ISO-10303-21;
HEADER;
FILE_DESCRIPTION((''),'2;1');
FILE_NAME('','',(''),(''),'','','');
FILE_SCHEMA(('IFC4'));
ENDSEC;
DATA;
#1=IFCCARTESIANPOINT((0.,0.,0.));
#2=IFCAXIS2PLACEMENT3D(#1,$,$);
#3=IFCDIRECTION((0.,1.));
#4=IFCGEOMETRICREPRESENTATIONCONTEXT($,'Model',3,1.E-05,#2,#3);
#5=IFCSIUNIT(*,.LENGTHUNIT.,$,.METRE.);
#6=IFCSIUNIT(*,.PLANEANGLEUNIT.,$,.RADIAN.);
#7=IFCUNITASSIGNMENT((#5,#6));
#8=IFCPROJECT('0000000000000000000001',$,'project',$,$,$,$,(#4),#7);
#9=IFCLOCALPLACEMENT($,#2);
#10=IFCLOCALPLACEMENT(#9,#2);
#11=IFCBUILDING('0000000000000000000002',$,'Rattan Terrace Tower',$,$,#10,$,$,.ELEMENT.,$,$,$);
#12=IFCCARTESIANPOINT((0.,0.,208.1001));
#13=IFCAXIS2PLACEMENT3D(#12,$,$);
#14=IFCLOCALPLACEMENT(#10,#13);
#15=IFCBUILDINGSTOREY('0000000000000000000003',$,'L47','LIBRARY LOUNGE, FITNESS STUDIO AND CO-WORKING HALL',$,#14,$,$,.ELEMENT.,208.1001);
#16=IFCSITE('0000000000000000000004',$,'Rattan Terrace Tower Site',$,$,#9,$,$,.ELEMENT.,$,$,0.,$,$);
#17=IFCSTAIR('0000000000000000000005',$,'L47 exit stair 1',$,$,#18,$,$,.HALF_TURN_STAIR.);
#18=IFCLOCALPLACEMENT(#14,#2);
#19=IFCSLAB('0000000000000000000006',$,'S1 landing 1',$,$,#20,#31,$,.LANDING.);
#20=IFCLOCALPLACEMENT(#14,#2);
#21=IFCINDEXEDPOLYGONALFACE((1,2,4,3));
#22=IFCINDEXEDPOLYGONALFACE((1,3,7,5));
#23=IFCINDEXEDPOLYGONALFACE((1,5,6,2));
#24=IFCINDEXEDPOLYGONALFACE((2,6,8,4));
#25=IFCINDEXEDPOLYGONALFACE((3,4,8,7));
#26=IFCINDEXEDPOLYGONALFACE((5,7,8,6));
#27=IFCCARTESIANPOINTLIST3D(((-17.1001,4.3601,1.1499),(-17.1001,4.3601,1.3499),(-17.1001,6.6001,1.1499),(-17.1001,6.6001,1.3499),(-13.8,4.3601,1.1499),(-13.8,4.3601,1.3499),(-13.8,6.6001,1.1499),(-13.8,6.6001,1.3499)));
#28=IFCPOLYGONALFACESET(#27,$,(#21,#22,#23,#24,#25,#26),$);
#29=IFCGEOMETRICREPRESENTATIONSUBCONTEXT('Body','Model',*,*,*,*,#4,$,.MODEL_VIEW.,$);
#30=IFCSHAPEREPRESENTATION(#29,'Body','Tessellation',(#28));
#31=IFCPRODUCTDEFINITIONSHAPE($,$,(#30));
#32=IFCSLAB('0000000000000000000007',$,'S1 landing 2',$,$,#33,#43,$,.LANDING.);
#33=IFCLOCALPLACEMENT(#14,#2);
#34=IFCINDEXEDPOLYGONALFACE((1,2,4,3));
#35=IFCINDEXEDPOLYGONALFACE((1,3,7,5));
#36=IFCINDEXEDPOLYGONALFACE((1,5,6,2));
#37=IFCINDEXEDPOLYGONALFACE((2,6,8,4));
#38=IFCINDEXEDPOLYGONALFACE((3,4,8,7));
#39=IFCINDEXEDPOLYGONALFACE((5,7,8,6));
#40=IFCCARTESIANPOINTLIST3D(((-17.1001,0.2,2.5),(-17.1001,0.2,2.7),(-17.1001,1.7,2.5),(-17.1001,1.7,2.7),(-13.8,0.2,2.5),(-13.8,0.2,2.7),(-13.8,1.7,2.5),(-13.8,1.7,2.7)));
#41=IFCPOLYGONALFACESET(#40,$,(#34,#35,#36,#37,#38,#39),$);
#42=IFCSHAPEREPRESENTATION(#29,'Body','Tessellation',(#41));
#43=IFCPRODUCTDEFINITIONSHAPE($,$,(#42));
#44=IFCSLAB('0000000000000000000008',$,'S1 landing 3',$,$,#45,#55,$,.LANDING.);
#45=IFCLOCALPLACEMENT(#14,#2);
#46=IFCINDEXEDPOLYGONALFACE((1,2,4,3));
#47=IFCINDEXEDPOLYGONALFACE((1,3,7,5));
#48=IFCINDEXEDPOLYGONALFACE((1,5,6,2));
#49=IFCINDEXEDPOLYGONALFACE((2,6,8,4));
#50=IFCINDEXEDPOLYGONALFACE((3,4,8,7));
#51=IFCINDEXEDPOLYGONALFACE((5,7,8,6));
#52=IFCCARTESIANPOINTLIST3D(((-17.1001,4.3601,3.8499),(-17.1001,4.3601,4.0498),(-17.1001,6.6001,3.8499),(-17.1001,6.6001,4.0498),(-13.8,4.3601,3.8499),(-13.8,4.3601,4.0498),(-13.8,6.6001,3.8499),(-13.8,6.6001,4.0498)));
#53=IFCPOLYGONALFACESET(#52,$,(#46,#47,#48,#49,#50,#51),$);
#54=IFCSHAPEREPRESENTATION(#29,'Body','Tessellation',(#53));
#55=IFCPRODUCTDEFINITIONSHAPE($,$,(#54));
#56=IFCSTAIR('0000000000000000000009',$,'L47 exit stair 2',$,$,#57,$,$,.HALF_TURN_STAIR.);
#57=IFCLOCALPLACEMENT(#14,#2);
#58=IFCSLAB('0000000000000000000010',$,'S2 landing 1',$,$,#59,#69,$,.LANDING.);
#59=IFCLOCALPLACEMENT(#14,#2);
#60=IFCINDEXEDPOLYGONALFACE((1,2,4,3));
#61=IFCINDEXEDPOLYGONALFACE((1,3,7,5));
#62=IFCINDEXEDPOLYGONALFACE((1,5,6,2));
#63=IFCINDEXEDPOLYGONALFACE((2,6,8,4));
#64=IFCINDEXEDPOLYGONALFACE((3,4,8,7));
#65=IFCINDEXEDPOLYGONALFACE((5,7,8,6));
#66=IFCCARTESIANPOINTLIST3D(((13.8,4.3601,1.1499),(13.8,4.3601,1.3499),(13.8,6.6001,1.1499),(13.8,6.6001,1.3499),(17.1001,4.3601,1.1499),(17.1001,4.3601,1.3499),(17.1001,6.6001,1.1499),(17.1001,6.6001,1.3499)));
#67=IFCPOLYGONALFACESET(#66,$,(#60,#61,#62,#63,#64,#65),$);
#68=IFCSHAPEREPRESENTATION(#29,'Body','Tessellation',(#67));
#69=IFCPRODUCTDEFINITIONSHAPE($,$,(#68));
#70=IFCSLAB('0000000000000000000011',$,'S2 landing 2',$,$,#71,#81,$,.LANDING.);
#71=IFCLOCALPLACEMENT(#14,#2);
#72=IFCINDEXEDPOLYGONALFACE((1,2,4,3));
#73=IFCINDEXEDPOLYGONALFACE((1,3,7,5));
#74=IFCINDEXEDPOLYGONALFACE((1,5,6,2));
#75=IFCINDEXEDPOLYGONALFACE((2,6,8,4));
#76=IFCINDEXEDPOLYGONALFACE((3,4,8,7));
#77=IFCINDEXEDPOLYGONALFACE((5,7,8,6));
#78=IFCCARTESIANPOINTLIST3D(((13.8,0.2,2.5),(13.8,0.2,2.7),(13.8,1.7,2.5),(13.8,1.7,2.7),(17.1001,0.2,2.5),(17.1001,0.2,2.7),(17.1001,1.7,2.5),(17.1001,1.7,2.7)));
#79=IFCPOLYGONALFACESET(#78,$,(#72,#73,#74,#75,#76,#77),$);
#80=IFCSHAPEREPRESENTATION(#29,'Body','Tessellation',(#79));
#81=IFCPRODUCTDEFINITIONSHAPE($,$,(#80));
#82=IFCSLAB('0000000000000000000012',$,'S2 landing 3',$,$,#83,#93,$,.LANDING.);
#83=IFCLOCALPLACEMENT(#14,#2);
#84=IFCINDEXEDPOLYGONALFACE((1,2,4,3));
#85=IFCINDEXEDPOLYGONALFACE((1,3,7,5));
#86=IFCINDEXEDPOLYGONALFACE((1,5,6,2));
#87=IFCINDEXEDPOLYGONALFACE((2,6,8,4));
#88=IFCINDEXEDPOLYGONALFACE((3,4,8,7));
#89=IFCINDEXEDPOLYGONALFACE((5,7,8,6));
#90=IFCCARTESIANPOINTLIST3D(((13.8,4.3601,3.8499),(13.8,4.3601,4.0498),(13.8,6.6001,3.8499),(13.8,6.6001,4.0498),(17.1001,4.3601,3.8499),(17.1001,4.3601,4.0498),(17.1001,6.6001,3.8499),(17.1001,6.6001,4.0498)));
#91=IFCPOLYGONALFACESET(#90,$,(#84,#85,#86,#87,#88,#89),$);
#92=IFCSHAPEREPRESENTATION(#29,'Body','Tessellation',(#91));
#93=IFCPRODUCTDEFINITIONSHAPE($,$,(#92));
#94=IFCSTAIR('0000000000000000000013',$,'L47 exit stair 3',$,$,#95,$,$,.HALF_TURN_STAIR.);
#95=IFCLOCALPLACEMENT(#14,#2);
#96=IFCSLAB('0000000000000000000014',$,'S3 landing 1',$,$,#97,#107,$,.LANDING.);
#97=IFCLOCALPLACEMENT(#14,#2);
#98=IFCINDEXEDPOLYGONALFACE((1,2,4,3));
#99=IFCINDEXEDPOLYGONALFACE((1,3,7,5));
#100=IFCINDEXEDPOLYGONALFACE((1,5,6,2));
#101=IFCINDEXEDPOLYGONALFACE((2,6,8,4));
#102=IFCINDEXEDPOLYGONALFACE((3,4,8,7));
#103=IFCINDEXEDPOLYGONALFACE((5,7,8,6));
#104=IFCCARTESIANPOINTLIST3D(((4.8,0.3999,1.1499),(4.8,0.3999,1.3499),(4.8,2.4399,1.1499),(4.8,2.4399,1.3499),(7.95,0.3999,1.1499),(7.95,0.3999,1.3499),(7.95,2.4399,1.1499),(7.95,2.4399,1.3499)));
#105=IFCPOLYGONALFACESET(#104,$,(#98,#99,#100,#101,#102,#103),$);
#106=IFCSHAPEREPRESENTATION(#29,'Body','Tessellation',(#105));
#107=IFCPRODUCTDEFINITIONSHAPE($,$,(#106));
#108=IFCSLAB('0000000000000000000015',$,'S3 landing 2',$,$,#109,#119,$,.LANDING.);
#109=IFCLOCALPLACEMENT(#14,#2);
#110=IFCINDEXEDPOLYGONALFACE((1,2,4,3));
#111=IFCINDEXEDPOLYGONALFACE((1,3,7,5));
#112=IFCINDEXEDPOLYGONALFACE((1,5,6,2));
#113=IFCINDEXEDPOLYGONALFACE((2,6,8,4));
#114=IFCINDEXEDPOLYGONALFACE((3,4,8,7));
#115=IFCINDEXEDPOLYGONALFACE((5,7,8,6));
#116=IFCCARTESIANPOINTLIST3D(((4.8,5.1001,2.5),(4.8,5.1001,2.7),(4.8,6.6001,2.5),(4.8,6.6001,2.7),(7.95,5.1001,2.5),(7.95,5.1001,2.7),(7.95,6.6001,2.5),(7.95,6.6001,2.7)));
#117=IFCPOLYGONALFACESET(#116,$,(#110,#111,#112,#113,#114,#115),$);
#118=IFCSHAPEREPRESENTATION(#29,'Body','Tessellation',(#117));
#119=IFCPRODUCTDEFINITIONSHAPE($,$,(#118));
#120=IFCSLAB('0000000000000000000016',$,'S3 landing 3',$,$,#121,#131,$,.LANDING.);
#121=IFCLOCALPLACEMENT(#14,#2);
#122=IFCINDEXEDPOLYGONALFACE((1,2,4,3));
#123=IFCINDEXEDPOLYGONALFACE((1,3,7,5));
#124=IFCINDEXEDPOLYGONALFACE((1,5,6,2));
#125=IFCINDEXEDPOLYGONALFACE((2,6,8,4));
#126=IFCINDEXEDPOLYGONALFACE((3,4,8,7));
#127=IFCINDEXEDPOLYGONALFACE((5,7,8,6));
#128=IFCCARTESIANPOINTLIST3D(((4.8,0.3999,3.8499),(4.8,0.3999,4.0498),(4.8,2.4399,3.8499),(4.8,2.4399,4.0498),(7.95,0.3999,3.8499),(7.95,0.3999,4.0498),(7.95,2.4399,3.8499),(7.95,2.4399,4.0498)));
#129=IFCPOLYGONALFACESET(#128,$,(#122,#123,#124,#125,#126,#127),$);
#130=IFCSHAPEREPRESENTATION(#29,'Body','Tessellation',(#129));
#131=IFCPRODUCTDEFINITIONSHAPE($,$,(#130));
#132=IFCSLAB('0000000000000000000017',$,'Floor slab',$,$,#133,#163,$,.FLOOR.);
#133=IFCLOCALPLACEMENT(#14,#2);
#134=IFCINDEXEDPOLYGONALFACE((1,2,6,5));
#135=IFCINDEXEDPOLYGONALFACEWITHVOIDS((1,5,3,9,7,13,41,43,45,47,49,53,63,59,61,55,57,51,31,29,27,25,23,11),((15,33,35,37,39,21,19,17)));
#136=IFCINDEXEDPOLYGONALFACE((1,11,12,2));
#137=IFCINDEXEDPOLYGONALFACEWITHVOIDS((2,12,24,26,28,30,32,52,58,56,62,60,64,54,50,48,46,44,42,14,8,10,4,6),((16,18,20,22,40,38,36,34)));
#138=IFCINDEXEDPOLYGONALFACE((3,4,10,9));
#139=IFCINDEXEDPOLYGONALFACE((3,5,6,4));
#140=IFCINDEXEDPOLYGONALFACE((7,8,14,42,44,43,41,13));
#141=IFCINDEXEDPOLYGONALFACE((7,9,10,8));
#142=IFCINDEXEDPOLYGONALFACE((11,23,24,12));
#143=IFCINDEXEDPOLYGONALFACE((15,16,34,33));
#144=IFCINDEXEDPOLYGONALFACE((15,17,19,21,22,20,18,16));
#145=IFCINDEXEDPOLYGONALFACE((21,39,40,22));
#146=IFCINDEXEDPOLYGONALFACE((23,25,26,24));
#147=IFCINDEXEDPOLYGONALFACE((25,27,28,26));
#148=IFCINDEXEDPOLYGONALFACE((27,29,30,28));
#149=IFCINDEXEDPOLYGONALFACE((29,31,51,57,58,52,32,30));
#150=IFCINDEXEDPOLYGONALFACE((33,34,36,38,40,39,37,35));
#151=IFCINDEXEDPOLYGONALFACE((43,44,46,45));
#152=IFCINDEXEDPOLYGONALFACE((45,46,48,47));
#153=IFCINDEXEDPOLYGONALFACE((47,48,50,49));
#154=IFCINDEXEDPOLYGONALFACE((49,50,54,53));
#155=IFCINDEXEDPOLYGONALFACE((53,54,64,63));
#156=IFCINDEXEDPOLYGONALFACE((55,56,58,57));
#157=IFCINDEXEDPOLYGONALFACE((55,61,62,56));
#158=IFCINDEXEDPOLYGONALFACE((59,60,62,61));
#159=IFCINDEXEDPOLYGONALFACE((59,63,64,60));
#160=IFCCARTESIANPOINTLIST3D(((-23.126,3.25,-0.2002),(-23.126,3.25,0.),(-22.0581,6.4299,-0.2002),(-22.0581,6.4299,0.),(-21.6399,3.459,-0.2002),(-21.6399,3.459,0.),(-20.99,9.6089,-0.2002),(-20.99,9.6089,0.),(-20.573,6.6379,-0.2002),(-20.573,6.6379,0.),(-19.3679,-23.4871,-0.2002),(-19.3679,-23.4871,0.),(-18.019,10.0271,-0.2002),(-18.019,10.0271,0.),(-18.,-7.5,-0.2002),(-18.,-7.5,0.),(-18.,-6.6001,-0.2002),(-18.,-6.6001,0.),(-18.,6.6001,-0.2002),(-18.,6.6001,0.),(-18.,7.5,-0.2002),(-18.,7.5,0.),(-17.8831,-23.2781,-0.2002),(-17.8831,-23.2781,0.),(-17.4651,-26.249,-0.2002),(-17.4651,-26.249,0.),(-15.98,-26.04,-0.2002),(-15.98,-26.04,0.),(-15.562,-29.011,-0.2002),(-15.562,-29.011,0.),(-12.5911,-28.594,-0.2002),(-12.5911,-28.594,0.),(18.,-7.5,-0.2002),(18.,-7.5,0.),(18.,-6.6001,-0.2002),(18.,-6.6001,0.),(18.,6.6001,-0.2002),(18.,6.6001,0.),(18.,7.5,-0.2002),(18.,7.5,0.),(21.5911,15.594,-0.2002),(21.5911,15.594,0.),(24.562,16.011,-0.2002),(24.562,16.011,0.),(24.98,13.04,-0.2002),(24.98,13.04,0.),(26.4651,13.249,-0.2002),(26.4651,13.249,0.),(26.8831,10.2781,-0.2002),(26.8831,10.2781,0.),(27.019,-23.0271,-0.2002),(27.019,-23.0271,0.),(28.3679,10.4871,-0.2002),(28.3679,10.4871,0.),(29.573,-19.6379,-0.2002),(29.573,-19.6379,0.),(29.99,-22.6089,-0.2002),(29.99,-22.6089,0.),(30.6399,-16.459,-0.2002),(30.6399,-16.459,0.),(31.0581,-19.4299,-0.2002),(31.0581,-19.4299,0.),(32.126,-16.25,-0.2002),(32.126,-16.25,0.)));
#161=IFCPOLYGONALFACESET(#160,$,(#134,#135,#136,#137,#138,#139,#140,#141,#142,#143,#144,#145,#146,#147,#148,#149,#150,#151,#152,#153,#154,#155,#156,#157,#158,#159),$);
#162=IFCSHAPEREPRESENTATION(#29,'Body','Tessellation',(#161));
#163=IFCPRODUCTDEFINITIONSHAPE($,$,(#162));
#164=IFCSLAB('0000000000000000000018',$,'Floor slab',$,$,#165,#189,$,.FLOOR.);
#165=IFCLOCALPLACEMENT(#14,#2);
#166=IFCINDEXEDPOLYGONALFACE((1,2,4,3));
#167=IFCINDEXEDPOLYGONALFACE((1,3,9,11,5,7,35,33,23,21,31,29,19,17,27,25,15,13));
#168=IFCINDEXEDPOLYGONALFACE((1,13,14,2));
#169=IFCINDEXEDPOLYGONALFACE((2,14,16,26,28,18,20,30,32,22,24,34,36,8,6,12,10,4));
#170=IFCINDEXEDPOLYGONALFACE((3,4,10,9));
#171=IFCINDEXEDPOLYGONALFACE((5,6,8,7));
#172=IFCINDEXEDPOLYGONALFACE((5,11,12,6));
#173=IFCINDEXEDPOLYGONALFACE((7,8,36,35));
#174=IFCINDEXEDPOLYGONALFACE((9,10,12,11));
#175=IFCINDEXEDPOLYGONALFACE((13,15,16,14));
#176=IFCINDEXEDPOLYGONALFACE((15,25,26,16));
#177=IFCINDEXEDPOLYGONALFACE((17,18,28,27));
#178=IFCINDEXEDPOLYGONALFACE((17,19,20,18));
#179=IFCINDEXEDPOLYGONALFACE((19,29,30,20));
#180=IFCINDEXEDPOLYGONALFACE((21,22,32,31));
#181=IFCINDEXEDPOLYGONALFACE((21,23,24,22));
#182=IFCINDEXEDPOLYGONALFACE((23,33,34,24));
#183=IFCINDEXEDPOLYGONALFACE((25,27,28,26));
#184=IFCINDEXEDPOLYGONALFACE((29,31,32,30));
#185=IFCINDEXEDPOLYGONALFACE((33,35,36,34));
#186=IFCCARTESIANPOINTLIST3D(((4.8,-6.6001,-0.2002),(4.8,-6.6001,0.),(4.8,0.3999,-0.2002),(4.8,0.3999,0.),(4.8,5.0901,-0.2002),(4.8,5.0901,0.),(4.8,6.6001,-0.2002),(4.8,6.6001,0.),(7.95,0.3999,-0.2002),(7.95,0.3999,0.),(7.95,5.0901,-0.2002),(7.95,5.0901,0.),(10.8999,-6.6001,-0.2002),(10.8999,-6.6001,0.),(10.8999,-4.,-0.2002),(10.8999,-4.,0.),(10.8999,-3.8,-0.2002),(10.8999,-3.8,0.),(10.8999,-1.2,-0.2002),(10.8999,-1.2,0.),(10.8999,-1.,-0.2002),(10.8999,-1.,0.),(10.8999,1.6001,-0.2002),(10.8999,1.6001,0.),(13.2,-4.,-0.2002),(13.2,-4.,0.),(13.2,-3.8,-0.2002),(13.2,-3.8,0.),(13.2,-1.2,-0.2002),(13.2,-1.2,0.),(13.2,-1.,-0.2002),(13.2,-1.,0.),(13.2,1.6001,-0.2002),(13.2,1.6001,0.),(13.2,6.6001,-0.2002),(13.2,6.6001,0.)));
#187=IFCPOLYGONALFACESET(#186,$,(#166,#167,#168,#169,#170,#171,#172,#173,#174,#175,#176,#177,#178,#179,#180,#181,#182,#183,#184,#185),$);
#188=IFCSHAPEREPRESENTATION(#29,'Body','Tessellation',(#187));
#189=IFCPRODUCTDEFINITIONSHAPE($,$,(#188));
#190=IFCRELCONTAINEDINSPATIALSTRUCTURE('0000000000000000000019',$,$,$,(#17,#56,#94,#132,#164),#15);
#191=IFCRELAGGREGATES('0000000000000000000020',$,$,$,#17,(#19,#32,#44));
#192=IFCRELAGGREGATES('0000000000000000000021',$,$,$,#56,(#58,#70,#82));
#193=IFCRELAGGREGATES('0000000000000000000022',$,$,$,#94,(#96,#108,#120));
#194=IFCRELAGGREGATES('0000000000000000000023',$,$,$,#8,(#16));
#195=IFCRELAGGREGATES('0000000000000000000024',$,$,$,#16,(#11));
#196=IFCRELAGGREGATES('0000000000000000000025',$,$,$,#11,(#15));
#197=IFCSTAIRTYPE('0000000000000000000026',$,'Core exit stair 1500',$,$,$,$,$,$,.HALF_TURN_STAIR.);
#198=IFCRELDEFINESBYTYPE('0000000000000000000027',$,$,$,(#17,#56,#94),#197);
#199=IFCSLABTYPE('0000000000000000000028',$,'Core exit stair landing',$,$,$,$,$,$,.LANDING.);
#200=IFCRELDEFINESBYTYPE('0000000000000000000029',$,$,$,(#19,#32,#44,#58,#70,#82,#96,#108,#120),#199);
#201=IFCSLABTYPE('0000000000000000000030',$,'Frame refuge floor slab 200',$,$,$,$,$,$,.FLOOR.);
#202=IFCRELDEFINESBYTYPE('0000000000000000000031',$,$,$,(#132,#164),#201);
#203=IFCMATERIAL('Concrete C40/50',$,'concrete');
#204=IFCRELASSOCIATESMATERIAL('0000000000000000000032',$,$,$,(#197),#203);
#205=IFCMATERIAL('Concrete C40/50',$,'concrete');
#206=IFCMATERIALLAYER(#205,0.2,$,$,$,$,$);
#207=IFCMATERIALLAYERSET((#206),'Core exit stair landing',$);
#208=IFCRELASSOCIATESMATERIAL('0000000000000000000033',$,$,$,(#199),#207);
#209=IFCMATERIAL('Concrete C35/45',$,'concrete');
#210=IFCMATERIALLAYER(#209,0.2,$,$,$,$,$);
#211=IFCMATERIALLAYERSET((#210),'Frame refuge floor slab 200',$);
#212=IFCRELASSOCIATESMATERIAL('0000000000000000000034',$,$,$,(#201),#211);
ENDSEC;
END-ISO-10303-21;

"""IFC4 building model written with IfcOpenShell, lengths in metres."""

from ifc_helpers import new_model, si_unit, direction, frame, origin, place, context, subcontext, project, spatial, polyline, outline, extrude, material, layer, layer_set, type_object, element, aggregate, save


model = new_model("IFC4")

# Units and contexts
model_context = context("Model", 3, precision=1e-05, world=origin(), true_north=direction((0.0, 1.0)))
body_context = subcontext(model_context, "Body", "Model", "MODEL_VIEW")
ifc_project = project(units=[si_unit("LENGTHUNIT", "METRE"), si_unit("PLANEANGLEUNIT", "RADIAN")], contexts=[model_context])

# Site, building, storey
site_placement = place(None, origin())
site = spatial("IfcSite", under=ifc_project, at=site_placement, Name="Rattan Terrace Tower Site", CompositionType="ELEMENT", RefElevation=0.0)
building_placement = place(site_placement, origin())
building = spatial("IfcBuilding", under=site, at=building_placement, Name="Rattan Terrace Tower", CompositionType="ELEMENT")
storey_placement = place(building_placement, frame((0.0, 0.0, 208.1001)))
storey = spatial("IfcBuildingStorey", under=building, at=storey_placement, Name="L47", Description="LIBRARY LOUNGE, FITNESS STUDIO AND CO-WORKING HALL", CompositionType="ELEMENT", Elevation=208.1001)

# Stairs, slabs
ifc_material_1 = material(Name="Concrete C40/50", Category="concrete")
stair_type = type_object("IfcStairType", Name="Core exit stair 1500", PredefinedType="HALF_TURN_STAIR", material=ifc_material_1)
stair_1_placement = place(storey_placement, origin())
stair_1 = element("IfcStair", 1, at=stair_1_placement, inside=storey, type_object=stair_type, Name="L47 exit stair 1", PredefinedType="HALF_TURN_STAIR")
ifc_material_2 = material(Name="Concrete C40/50", Category="concrete")
ifc_layer_1 = layer(ifc_material_2, 0.2)
ifc_layer_set_1 = layer_set([ifc_layer_1], Name="Core exit stair landing")
slab_type_1 = type_object("IfcSlabType", Name="Core exit stair landing", PredefinedType="LANDING", material=ifc_layer_set_1)
slab_1_placement = place(storey_placement, frame((0.0, 0.0, 1.1499)))
slab_1 = element("IfcSlab", 2, at=slab_1_placement, type_object=slab_type_1, Name="S1 landing 1", PredefinedType="LANDING", context=body_context, shape_type="SweptSolid", body=[
    extrude(outline(polyline([(-13.8, 4.3601), (-13.8, 6.6001), (-17.1001, 6.6001), (-17.1001, 4.3601), (-13.8, 4.3601)])), origin(), (0.0, 0.0, 1.0), 0.2),
])
slab_2_placement = place(storey_placement, frame((0.0, 0.0, 2.5)))
slab_2 = element("IfcSlab", 3, at=slab_2_placement, type_object=slab_type_1, Name="S1 landing 2", PredefinedType="LANDING", context=body_context, shape_type="SweptSolid", body=[
    extrude(outline(polyline([(-13.8, 0.2), (-13.8, 1.7), (-17.1001, 1.7), (-17.1001, 0.2), (-13.8, 0.2)])), origin(), (0.0, 0.0, 1.0), 0.2),
])
slab_3_placement = place(storey_placement, frame((0.0, 0.0, 3.8499)))
slab_3 = element("IfcSlab", 4, at=slab_3_placement, type_object=slab_type_1, Name="S1 landing 3", PredefinedType="LANDING", context=body_context, shape_type="SweptSolid", body=[
    extrude(outline(polyline([(-13.8, 4.3601), (-13.8, 6.6001), (-17.1001, 6.6001), (-17.1001, 4.3601), (-13.8, 4.3601)])), origin(), (0.0, 0.0, 1.0), 0.2),
])
aggregate(stair_1, [slab_1, slab_2, slab_3])
stair_2_placement = place(storey_placement, origin())
stair_2 = element("IfcStair", 5, at=stair_2_placement, inside=storey, type_object=stair_type, Name="L47 exit stair 2", PredefinedType="HALF_TURN_STAIR")
slab_4_placement = place(storey_placement, frame((0.0, 0.0, 1.1499)))
slab_4 = element("IfcSlab", 6, at=slab_4_placement, type_object=slab_type_1, Name="S2 landing 1", PredefinedType="LANDING", context=body_context, shape_type="SweptSolid", body=[
    extrude(outline(polyline([(17.1001, 4.3601), (17.1001, 6.6001), (13.8, 6.6001), (13.8, 4.3601), (17.1001, 4.3601)])), origin(), (0.0, 0.0, 1.0), 0.2),
])
slab_5_placement = place(storey_placement, frame((0.0, 0.0, 2.5)))
slab_5 = element("IfcSlab", 7, at=slab_5_placement, type_object=slab_type_1, Name="S2 landing 2", PredefinedType="LANDING", context=body_context, shape_type="SweptSolid", body=[
    extrude(outline(polyline([(17.1001, 0.2), (17.1001, 1.7), (13.8, 1.7), (13.8, 0.2), (17.1001, 0.2)])), origin(), (0.0, 0.0, 1.0), 0.2),
])
slab_6_placement = place(storey_placement, frame((0.0, 0.0, 3.8499)))
slab_6 = element("IfcSlab", 8, at=slab_6_placement, type_object=slab_type_1, Name="S2 landing 3", PredefinedType="LANDING", context=body_context, shape_type="SweptSolid", body=[
    extrude(outline(polyline([(17.1001, 4.3601), (17.1001, 6.6001), (13.8, 6.6001), (13.8, 4.3601), (17.1001, 4.3601)])), origin(), (0.0, 0.0, 1.0), 0.2),
])
aggregate(stair_2, [slab_4, slab_5, slab_6])
stair_3_placement = place(storey_placement, origin())
stair_3 = element("IfcStair", 9, at=stair_3_placement, inside=storey, type_object=stair_type, Name="L47 exit stair 3", PredefinedType="HALF_TURN_STAIR")
slab_7_placement = place(storey_placement, frame((0.0, 0.0, 1.1499)))
slab_7 = element("IfcSlab", 10, at=slab_7_placement, type_object=slab_type_1, Name="S3 landing 1", PredefinedType="LANDING", context=body_context, shape_type="SweptSolid", body=[
    extrude(outline(polyline([(4.8, 2.4399), (4.8, 0.3999), (7.95, 0.3999), (7.95, 2.4399), (4.8, 2.4399)])), origin(), (0.0, 0.0, 1.0), 0.2),
])
slab_8_placement = place(storey_placement, frame((0.0, 0.0, 2.5)))
slab_8 = element("IfcSlab", 11, at=slab_8_placement, type_object=slab_type_1, Name="S3 landing 2", PredefinedType="LANDING", context=body_context, shape_type="SweptSolid", body=[
    extrude(outline(polyline([(4.8, 6.6001), (4.8, 5.1001), (7.95, 5.1001), (7.95, 6.6001), (4.8, 6.6001)])), origin(), (0.0, 0.0, 1.0), 0.2),
])
slab_9_placement = place(storey_placement, frame((0.0, 0.0, 3.8499)))
slab_9 = element("IfcSlab", 12, at=slab_9_placement, type_object=slab_type_1, Name="S3 landing 3", PredefinedType="LANDING", context=body_context, shape_type="SweptSolid", body=[
    extrude(outline(polyline([(4.8, 2.4399), (4.8, 0.3999), (7.95, 0.3999), (7.95, 2.4399), (4.8, 2.4399)])), origin(), (0.0, 0.0, 1.0), 0.2),
])
aggregate(stair_3, [slab_7, slab_8, slab_9])

# Slabs
ifc_material_3 = material(Name="Concrete C35/45", Category="concrete")
ifc_layer_2 = layer(ifc_material_3, 0.2)
ifc_layer_set_2 = layer_set([ifc_layer_2], Name="Frame refuge floor slab 200")
slab_type_2 = type_object("IfcSlabType", Name="Frame refuge floor slab 200", PredefinedType="FLOOR", material=ifc_layer_set_2)
slab_10_placement = place(storey_placement, frame((0.0, 0.0, -0.2002)))
element("IfcSlab", 13, at=slab_10_placement, inside=storey, type_object=slab_type_2, Name="Floor slab", PredefinedType="FLOOR", context=body_context, shape_type="SweptSolid", body=[
    extrude(outline(polyline([(-12.5911, -28.594), (27.019, -23.0271), (29.99, -22.6089), (29.573, -19.6379), (31.0581, -19.4299), (30.6399, -16.459), (32.126, -16.25), (28.3679, 10.4871), (26.8831, 10.2781), (26.4651, 13.249), (24.98, 13.04), (24.562, 16.011), (21.5911, 15.594), (-18.019, 10.0271), (-20.99, 9.6089), (-20.573, 6.6379), (-22.0581, 6.4299), (-21.6399, 3.459), (-23.126, 3.25), (-19.3679, -23.4871), (-17.8831, -23.2781), (-17.4651, -26.249), (-15.98, -26.04), (-15.562, -29.011), (-12.5911, -28.594)]), holes=[polyline([(-18.0, -7.5), (18.0, -7.5), (18.0, -6.6001), (18.0, 6.6001), (18.0, 7.5), (-18.0, 7.5), (-18.0, 6.6001), (-18.0, -6.6001), (-18.0, -7.5)])]), origin(), (0.0, 0.0, 1.0), 0.2002),
])
slab_11_placement = place(storey_placement, frame((0.0, 0.0, -0.2002)))
element("IfcSlab", 14, at=slab_11_placement, inside=storey, type_object=slab_type_2, Name="Floor slab", PredefinedType="FLOOR", context=body_context, shape_type="SweptSolid", body=[
    extrude(outline(polyline([(13.2, 6.6001), (4.8, 6.6001), (4.8, 5.0901), (7.95, 5.0901), (7.95, 0.3999), (4.8, 0.3999), (4.8, -6.6001), (10.8999, -6.6001), (10.8999, -4.0), (13.2, -4.0), (13.2, -3.8), (10.8999, -3.8), (10.8999, -1.2), (13.2, -1.2), (13.2, -1.0), (10.8999, -1.0), (10.8999, 1.6001), (13.2, 1.6001), (13.2, 6.6001)])), origin(), (0.0, 0.0, 1.0), 0.2002),
])

save(model, "model.ifc")
